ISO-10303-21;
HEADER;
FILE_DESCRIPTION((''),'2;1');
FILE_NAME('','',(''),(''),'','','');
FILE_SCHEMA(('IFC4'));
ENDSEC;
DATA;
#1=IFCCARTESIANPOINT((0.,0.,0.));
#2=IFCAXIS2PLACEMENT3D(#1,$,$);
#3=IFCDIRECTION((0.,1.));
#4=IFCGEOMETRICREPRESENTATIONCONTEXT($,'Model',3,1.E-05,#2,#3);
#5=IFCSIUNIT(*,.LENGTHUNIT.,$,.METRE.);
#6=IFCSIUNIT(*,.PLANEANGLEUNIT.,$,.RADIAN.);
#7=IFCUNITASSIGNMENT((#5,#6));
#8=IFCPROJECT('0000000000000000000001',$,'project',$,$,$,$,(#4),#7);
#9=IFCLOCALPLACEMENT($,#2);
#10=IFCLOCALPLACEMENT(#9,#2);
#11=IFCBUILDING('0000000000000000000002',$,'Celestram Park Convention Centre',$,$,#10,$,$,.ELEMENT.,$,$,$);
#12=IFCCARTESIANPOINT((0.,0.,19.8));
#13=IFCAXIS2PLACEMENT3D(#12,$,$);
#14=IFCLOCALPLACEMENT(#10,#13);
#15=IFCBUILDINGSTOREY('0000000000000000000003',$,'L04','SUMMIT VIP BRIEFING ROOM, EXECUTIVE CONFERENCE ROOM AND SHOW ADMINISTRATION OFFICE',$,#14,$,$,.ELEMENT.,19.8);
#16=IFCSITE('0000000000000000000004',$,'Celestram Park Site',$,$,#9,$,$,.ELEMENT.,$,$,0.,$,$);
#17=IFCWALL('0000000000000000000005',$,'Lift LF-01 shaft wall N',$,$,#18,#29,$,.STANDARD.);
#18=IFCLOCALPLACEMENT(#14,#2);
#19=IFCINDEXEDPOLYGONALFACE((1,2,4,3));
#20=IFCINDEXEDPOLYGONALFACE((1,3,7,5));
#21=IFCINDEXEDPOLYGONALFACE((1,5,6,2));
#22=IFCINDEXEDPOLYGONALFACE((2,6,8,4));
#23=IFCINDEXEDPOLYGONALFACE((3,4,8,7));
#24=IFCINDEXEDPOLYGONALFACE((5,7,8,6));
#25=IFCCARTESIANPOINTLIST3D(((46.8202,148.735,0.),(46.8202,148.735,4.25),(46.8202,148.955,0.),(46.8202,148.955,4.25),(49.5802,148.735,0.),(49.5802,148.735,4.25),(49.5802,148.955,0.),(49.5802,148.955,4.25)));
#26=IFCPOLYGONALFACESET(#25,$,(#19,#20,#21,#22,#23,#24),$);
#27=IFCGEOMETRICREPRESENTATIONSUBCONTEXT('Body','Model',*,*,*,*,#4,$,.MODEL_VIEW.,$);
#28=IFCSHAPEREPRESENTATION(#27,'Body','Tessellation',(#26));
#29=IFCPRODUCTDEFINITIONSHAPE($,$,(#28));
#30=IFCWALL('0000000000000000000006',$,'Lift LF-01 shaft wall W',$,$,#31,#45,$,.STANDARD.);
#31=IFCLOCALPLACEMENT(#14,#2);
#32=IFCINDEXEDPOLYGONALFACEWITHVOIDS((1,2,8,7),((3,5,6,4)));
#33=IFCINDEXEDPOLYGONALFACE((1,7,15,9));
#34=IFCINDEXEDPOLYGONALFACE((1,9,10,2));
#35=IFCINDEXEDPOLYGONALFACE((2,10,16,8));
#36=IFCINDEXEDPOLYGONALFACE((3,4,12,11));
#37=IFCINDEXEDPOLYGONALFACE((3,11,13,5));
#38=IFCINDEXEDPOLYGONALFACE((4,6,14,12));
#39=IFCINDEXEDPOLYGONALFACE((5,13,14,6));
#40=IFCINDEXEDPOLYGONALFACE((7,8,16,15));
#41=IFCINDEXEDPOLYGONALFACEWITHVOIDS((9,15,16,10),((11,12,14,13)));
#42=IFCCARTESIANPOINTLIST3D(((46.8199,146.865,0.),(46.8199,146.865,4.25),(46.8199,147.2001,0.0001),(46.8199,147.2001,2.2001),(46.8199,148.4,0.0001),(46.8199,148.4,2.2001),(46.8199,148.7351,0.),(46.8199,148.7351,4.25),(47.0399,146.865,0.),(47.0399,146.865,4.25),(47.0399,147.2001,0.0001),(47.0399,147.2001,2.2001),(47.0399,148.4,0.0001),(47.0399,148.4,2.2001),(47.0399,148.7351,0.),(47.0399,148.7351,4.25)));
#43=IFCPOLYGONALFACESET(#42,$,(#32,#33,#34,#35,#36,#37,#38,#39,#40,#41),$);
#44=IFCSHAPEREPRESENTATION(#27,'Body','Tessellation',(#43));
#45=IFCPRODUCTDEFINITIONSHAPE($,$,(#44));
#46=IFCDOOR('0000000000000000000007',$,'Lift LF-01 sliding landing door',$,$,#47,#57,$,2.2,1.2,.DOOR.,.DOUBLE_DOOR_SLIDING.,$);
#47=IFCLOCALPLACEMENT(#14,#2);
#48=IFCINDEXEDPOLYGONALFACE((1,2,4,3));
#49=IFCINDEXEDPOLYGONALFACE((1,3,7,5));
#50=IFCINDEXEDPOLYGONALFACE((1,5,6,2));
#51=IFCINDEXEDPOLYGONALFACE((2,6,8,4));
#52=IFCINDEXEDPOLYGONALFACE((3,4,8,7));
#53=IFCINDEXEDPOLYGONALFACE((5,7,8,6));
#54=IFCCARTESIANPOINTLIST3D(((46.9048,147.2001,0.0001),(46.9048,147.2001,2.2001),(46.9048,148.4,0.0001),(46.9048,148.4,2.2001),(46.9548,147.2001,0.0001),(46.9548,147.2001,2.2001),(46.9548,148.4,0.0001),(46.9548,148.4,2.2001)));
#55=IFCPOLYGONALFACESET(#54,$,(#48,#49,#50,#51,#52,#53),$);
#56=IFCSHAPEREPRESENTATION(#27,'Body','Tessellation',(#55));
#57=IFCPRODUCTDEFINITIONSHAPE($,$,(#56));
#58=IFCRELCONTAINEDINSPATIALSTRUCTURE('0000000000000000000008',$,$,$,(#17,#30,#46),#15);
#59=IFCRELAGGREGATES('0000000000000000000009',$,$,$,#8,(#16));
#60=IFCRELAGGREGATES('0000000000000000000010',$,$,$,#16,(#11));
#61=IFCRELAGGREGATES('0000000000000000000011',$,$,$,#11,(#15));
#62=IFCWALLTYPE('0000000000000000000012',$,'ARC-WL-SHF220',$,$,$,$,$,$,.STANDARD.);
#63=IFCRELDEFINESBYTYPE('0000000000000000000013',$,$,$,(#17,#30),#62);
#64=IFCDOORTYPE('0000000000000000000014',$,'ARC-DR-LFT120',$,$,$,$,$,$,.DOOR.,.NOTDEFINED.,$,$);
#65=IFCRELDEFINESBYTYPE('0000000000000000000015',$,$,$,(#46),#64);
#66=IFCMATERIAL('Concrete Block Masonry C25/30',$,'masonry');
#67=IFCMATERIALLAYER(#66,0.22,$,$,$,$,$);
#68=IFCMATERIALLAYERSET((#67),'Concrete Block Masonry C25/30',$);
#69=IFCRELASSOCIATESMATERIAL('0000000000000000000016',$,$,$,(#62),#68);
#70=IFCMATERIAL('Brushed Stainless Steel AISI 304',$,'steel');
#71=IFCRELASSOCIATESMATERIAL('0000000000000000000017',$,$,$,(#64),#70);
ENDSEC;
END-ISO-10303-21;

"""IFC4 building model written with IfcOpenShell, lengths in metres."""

from ifc_helpers import new_model, si_unit, direction, frame, frame_2d, origin, place, context, subcontext, project, spatial, rectangle, extrude, material, layer, layer_set, type_object, element, fill, save


model = new_model("IFC4")

# Units and contexts
model_context = context("Model", 3, precision=1e-05, world=origin(), true_north=direction((0.0, 1.0)))
body_context = subcontext(model_context, "Body", "Model", "MODEL_VIEW")
ifc_project = project(units=[si_unit("LENGTHUNIT", "METRE"), si_unit("PLANEANGLEUNIT", "RADIAN")], contexts=[model_context])

# Site, building, storey
site_placement = place(None, origin())
site = spatial("IfcSite", under=ifc_project, at=site_placement, Name="Celestram Park Site", CompositionType="ELEMENT", RefElevation=0.0)
building_placement = place(site_placement, origin())
building = spatial("IfcBuilding", under=site, at=building_placement, Name="Celestram Park Convention Centre", CompositionType="ELEMENT")
storey_placement = place(building_placement, frame((0.0, 0.0, 19.8)))
storey = spatial("IfcBuildingStorey", under=building, at=storey_placement, Name="L04", Description="SUMMIT VIP BRIEFING ROOM, EXECUTIVE CONFERENCE ROOM AND SHOW ADMINISTRATION OFFICE", CompositionType="ELEMENT", Elevation=19.8)

# Shared definitions
ifc_material_1 = material(Name="Concrete Block Masonry C25/30", Category="masonry")

# Wall
ifc_layer_1 = layer(ifc_material_1, 0.22)
ifc_layer_set_1 = layer_set([ifc_layer_1], Name="Concrete Block Masonry C25/30")
wall_type_1 = type_object("IfcWallType", Name="ARC-WL-SHF220", PredefinedType="STANDARD", material=ifc_layer_set_1)
wall_1_placement = place(storey_placement, frame((49.5801, 148.845, 0.0), z_axis=(0.0, 0.0, 1.0), x_axis=(-1.0, 0.0, 0.0)))
element("IfcWall", 1, at=wall_1_placement, inside=storey, type_object=wall_type_1, Name="Lift LF-01 shaft wall N", PredefinedType="STANDARD", context=body_context, shape_type="SweptSolid", body=[
    extrude(rectangle(XDim=2.76, YDim=0.22, at=frame_2d((1.3799, 0.0))), origin(), (0.0, 0.0, 1.0), 4.25),
])

# Wall, opening, door
wall_2_placement = place(storey_placement, frame((46.9299, 148.7351, 0.0), z_axis=(0.0, 0.0, 1.0), x_axis=(0.0, -1.0, 0.0)))
wall_2 = element("IfcWall", 2, at=wall_2_placement, inside=storey, type_object=wall_type_1, Name="Lift LF-01 shaft wall W", PredefinedType="STANDARD", context=body_context, shape_type="SweptSolid", body=[
    extrude(rectangle(XDim=1.8701, YDim=0.22, at=frame_2d((0.9351, 0.0))), origin(), (0.0, 0.0, 1.0), 4.25),
])
opening_1_placement = place(wall_2_placement, frame((0.335, 0.0, 0.0)))
opening_1 = element("IfcOpeningElement", 3, at=opening_1_placement, cuts=wall_2, PredefinedType="OPENING", context=body_context, shape_type="SweptSolid", body=[
    extrude(rectangle(XDim=1.2, YDim=2.2, at=frame_2d((0.6001, 1.1001))), frame((0.0, 0.1199, 0.0), z_axis=(0.0, -1.0, 0.0), x_axis=(1.0, 0.0, 0.0)), (0.0, 0.0, 1.0), 0.24),
])
ifc_material_2 = material(Name="Brushed Stainless Steel AISI 304", Category="steel")
door_type_1 = type_object("IfcDoorType", Name="ARC-DR-LFT120", OperationType="NOTDEFINED", PredefinedType="DOOR", material=ifc_material_2)
door_1_placement = place(opening_1_placement, origin())
door_1 = element("IfcDoor", 4, at=door_1_placement, inside=storey, type_object=door_type_1, Name="Lift LF-01 sliding landing door", OperationType="DOUBLE_DOOR_SLIDING", OverallHeight=2.2, OverallWidth=1.2, PredefinedType="DOOR", context=body_context, shape_type="SweptSolid", body=[
    extrude(rectangle(XDim=1.2, YDim=2.2, at=frame_2d((0.6001, 1.1001))), frame((0.0, 0.0249, 0.0), z_axis=(0.0, -1.0, 0.0), x_axis=(1.0, 0.0, 0.0)), (0.0, 0.0, 1.0), 0.05),
])
fill(opening_1, door_1)

save(model, "model.ifc")
